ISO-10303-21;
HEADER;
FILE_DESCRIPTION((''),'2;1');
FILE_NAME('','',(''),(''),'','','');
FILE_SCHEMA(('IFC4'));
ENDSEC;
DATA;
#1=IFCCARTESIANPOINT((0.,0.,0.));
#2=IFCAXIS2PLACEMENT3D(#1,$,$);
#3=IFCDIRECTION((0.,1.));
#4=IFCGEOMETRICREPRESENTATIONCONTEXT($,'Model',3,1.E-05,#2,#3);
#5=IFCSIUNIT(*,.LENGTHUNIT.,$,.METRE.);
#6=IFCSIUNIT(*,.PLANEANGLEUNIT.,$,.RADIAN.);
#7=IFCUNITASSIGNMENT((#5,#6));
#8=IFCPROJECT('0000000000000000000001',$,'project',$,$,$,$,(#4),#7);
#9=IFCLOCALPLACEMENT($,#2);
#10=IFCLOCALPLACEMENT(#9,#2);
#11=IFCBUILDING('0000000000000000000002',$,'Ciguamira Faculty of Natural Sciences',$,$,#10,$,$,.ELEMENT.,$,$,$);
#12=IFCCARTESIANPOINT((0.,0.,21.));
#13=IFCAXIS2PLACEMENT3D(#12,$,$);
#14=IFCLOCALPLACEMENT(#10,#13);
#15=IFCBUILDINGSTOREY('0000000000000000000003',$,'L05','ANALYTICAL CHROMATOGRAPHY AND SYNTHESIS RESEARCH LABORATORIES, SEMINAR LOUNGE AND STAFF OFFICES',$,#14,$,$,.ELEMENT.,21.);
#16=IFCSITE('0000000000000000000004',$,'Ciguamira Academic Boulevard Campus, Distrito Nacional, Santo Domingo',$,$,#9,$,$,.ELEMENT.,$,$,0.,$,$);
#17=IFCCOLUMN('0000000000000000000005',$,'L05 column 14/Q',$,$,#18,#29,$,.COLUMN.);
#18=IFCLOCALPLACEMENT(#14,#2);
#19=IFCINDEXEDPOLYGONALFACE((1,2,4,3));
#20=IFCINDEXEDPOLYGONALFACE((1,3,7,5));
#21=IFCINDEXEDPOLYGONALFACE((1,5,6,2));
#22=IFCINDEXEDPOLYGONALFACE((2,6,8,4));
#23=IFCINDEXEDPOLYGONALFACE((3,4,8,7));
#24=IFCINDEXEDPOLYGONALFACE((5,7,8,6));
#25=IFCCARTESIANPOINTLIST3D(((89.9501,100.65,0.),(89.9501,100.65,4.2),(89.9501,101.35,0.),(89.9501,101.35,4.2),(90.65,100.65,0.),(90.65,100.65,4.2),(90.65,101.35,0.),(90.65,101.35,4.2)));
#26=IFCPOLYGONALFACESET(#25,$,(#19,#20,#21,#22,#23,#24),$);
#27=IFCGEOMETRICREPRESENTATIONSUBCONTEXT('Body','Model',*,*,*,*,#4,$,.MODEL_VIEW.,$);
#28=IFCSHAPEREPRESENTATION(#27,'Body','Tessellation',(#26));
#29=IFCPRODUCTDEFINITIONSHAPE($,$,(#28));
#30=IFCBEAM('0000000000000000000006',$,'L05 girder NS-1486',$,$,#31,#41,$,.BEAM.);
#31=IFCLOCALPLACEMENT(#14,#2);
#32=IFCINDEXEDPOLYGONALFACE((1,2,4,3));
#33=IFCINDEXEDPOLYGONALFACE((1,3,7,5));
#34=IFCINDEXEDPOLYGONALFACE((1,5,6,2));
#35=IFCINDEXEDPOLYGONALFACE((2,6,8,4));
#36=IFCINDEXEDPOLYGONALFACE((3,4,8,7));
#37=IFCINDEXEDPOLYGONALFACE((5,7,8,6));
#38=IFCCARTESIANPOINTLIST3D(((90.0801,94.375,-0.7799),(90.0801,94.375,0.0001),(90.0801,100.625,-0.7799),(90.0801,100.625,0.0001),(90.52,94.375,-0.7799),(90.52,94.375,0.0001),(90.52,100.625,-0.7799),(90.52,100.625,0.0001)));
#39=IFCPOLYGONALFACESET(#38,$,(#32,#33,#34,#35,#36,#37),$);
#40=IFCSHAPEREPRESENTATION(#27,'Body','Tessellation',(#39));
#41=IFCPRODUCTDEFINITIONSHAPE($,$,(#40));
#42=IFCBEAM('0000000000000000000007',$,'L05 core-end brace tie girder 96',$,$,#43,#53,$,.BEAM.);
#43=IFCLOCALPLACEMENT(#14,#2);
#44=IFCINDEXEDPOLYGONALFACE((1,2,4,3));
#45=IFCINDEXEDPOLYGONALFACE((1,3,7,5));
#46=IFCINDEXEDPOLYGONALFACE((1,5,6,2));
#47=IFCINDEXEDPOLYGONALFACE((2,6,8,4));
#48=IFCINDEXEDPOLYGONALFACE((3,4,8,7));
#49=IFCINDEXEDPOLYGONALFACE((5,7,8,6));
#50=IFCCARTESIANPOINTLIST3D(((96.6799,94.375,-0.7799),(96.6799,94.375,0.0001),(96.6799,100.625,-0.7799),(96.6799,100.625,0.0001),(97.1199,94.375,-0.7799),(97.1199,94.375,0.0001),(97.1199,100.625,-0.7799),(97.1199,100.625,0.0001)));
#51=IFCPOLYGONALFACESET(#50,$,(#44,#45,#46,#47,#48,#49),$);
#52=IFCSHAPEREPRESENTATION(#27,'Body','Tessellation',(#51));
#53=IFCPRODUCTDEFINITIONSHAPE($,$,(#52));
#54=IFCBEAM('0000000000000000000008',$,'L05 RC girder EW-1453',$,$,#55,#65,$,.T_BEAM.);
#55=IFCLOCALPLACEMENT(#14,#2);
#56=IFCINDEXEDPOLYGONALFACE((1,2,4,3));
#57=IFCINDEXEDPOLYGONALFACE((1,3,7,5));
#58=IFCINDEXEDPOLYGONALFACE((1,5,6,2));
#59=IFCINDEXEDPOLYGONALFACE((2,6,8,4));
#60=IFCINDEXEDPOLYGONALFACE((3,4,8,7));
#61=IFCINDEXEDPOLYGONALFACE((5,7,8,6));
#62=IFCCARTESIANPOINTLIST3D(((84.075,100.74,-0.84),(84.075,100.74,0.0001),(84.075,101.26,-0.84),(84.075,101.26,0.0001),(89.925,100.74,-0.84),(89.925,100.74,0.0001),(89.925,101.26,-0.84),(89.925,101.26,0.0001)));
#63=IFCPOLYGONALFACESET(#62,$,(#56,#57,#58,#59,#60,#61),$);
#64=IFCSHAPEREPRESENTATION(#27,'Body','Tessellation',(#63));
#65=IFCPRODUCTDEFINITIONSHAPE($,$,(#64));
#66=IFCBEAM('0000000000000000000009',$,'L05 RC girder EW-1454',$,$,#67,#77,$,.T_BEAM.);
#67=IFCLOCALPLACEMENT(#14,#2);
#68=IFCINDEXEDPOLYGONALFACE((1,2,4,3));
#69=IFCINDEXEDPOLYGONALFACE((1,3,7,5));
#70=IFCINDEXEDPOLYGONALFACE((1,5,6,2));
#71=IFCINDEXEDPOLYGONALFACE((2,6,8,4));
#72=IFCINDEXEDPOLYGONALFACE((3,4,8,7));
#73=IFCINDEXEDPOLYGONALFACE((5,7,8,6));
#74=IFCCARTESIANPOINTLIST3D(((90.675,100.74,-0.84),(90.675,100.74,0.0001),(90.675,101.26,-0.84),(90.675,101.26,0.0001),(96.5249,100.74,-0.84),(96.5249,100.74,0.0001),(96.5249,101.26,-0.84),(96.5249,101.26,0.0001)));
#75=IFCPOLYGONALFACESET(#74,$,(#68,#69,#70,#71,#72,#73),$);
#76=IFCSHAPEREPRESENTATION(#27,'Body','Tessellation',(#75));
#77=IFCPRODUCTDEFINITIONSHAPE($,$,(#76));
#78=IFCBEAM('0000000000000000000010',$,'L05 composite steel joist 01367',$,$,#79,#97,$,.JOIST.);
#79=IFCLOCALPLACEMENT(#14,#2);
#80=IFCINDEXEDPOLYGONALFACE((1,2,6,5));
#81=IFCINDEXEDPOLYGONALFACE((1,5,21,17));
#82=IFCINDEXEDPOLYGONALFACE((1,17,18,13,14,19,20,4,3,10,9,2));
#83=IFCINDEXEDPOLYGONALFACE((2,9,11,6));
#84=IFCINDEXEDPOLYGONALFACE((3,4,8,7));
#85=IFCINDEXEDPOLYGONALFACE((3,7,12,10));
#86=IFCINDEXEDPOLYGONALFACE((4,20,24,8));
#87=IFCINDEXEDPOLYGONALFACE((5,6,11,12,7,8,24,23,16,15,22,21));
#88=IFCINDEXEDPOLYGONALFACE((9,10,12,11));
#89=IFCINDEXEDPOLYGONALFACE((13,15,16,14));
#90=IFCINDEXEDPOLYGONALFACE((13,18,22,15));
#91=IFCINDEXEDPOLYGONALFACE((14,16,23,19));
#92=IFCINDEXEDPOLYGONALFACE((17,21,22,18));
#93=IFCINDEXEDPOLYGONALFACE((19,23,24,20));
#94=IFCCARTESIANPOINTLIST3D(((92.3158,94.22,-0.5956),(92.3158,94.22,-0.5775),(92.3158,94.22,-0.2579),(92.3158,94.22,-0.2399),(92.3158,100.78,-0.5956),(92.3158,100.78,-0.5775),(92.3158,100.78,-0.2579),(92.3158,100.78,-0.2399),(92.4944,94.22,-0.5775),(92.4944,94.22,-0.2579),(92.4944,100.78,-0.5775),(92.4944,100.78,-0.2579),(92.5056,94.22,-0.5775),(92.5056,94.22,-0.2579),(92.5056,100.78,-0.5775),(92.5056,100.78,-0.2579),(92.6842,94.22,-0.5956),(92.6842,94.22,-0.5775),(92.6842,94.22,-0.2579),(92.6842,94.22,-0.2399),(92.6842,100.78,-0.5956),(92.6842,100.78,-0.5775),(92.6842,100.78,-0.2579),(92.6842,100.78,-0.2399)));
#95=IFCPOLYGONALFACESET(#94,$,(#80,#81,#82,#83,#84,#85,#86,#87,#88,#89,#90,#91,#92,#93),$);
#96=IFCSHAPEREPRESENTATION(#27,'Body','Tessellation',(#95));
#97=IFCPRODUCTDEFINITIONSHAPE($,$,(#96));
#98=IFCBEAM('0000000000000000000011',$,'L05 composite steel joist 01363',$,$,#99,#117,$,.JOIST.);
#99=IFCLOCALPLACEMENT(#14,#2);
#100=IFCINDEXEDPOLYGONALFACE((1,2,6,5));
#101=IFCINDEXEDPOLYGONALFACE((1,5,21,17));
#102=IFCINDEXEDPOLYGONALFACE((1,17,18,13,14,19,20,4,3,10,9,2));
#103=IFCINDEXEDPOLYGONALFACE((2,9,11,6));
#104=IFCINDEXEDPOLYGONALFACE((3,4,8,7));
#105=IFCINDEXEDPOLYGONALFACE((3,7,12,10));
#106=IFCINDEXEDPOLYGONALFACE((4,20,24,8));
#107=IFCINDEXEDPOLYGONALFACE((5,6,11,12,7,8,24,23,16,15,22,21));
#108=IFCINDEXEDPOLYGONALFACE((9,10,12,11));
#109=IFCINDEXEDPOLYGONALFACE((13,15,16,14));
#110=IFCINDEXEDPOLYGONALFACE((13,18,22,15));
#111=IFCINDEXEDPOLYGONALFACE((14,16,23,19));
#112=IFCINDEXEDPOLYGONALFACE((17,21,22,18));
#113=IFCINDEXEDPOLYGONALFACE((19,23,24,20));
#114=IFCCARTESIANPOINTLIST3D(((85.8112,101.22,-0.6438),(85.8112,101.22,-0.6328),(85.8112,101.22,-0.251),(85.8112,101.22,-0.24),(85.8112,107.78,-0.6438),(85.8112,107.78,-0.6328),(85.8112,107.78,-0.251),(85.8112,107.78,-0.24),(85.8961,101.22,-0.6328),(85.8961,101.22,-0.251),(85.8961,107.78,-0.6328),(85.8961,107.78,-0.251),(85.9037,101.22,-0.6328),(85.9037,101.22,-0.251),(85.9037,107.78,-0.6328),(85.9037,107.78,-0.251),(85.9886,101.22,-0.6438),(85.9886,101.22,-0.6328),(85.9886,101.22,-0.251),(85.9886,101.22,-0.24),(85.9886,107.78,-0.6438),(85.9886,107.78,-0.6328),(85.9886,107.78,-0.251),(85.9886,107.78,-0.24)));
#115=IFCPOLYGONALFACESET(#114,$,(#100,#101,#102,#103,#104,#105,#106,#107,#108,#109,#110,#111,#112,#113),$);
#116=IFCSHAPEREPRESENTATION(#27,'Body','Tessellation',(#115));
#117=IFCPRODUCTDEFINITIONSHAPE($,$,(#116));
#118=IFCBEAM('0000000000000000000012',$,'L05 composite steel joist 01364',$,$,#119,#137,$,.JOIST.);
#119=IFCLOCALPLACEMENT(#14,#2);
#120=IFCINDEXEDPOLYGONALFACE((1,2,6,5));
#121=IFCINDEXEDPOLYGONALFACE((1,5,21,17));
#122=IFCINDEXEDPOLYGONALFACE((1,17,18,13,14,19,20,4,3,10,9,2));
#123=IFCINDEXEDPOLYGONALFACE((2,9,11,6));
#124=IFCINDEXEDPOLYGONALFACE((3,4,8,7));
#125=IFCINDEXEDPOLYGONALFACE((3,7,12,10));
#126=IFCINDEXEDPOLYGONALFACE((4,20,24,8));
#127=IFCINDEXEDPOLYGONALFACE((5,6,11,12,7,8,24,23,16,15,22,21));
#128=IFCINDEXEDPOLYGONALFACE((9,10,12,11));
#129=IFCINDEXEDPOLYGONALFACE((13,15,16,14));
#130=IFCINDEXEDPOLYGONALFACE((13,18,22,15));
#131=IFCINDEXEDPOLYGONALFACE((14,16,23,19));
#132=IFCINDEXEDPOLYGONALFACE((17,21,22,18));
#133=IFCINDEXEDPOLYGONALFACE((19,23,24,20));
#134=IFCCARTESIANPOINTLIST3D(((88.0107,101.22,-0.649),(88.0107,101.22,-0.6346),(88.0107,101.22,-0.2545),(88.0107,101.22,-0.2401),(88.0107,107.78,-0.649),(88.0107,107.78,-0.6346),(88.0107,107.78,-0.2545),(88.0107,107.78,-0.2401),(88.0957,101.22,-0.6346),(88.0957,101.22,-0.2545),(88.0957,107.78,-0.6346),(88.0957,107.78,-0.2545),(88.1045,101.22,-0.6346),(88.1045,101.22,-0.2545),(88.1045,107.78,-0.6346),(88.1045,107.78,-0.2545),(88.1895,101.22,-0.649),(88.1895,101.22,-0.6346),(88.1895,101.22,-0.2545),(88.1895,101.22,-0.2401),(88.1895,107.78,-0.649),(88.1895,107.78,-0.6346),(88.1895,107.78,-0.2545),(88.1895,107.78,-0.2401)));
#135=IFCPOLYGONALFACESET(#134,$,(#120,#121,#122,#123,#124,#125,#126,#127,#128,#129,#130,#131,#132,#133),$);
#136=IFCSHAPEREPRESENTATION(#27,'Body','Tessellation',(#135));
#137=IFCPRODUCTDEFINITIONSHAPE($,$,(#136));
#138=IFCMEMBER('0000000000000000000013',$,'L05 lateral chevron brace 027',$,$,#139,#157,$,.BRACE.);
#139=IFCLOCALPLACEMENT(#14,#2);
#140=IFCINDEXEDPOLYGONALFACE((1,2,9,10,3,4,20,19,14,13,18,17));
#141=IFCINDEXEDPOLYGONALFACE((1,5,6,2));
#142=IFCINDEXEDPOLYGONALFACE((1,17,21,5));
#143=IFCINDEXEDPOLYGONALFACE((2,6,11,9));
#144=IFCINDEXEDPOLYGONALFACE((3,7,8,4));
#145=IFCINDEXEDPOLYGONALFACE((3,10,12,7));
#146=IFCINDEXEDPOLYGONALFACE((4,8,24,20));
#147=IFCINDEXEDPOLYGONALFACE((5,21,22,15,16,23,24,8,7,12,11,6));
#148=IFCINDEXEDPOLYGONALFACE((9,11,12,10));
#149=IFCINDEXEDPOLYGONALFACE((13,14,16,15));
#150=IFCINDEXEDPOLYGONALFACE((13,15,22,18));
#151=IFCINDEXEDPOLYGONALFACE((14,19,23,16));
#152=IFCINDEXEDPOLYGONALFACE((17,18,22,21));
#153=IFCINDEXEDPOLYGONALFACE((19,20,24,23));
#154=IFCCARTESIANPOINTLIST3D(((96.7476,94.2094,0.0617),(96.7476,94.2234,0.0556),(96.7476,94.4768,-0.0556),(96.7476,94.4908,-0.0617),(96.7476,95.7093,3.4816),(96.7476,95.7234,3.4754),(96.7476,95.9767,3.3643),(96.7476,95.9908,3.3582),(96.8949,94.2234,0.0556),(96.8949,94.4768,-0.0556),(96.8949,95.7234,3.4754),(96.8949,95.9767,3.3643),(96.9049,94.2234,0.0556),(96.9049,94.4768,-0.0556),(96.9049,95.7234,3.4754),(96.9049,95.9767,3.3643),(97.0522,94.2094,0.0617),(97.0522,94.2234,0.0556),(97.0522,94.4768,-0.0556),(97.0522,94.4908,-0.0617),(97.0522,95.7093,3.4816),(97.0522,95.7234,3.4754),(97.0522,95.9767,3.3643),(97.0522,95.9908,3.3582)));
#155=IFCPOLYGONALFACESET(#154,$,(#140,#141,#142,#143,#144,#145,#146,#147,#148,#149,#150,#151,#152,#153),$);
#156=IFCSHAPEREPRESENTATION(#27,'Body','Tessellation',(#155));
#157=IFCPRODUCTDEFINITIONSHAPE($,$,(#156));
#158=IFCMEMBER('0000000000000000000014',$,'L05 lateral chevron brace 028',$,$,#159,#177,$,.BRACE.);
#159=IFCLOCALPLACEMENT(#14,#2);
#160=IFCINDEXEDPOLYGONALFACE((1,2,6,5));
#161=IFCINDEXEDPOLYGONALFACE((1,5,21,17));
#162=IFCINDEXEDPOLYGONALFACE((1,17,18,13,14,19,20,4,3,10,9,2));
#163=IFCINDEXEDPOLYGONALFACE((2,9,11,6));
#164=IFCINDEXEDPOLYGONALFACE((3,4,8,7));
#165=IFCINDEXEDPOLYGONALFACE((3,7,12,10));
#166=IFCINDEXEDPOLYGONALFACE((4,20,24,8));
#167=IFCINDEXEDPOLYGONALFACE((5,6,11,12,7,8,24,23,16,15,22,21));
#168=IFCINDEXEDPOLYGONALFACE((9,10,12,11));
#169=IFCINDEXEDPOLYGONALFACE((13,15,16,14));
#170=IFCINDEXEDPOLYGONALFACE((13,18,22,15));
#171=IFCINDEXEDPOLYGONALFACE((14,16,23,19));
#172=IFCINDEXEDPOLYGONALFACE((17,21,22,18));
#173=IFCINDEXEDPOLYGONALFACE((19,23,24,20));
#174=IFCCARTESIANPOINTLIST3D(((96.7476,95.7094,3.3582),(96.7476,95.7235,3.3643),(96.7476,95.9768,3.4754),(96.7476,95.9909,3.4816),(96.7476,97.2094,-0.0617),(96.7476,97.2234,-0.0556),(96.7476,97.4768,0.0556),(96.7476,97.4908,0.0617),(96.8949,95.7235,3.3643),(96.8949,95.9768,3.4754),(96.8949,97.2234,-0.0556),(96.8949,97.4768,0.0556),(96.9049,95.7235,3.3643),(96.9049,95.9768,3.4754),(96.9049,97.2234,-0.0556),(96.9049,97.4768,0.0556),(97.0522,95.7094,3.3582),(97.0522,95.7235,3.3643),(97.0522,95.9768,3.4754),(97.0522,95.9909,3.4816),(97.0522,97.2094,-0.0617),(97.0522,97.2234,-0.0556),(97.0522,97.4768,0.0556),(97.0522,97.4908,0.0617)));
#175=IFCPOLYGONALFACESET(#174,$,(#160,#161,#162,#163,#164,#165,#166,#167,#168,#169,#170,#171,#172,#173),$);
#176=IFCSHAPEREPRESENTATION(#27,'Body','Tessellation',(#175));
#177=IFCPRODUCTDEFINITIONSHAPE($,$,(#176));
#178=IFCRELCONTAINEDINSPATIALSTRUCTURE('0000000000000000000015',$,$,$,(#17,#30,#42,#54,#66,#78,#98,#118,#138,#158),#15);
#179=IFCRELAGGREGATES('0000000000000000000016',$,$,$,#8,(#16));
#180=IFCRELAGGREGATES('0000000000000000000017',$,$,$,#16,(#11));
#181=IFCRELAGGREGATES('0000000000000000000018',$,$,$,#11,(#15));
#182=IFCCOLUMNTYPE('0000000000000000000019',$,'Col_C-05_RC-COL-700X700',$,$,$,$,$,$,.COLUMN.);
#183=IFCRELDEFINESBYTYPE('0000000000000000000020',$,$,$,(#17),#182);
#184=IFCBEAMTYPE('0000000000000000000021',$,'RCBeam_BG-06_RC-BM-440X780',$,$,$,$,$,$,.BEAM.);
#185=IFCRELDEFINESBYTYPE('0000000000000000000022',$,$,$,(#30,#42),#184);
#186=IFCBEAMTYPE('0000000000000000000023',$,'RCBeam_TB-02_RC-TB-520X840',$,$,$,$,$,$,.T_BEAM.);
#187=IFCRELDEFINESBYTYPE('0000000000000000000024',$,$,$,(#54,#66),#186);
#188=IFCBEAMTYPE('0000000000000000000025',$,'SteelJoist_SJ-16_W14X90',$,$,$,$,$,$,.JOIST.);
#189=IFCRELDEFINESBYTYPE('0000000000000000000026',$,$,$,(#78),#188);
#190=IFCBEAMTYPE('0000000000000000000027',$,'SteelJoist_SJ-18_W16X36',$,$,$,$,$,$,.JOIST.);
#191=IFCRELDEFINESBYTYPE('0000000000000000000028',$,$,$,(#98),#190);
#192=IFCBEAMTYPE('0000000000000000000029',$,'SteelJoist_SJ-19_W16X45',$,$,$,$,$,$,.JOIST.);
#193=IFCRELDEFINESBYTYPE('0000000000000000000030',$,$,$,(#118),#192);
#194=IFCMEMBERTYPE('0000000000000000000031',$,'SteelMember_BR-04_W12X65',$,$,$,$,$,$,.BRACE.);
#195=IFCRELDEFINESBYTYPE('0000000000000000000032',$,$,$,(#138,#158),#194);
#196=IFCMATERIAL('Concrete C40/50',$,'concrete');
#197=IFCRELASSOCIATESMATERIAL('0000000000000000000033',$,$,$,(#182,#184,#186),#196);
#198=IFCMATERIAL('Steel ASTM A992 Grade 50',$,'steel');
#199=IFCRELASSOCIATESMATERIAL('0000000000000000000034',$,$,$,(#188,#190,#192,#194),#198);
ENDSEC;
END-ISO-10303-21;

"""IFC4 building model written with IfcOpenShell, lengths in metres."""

from ifc_helpers import new_model, si_unit, direction, frame, origin, origin_2d, place, context, subcontext, project, spatial, rectangle, i_section, extrude, material, material_profile, profile_set, type_object, element, save


model = new_model("IFC4")

# Units and contexts
model_context = context("Model", 3, precision=1e-05, world=origin(), true_north=direction((0.0, 1.0)))
body_context = subcontext(model_context, "Body", "Model", "MODEL_VIEW")
ifc_project = project(units=[si_unit("LENGTHUNIT", "METRE"), si_unit("PLANEANGLEUNIT", "RADIAN")], contexts=[model_context])

# Site, building, storey
site_placement = place(None, origin())
site = spatial("IfcSite", under=ifc_project, at=site_placement, Name="Ciguamira Academic Boulevard Campus, Distrito Nacional, Santo Domingo", CompositionType="ELEMENT", RefElevation=0.0)
building_placement = place(site_placement, origin())
building = spatial("IfcBuilding", under=site, at=building_placement, Name="Ciguamira Faculty of Natural Sciences", CompositionType="ELEMENT")
storey_placement = place(building_placement, frame((0.0, 0.0, 21.0)))
storey = spatial("IfcBuildingStorey", under=building, at=storey_placement, Name="L05", Description="ANALYTICAL CHROMATOGRAPHY AND SYNTHESIS RESEARCH LABORATORIES, SEMINAR LOUNGE AND STAFF OFFICES", CompositionType="ELEMENT", Elevation=21.0)

# Column
ifc_material_1 = material(Name="Concrete C40/50", Category="concrete")
ifc_material_profile_1 = material_profile(ifc_material_1, rectangle(XDim=0.7, YDim=0.7, at=origin_2d()), Name="RC-COL-700X700")
ifc_profile_set_1 = profile_set([ifc_material_profile_1], Name="Concrete C40/50")
column_type = type_object("IfcColumnType", Name="Col_C-05_RC-COL-700X700", PredefinedType="COLUMN", material=ifc_profile_set_1)
column_placement = place(storey_placement, frame((90.3, 101.0, 0.0), z_axis=(0.0, 0.0, 1.0), x_axis=(1.0, 0.0, 0.0)))
element("IfcColumn", 1, at=column_placement, inside=storey, type_object=column_type, Name="L05 column 14/Q", PredefinedType="COLUMN", context=body_context, shape_type="SweptSolid", body=[
    extrude(rectangle(XDim=0.7, YDim=0.7, at=origin_2d()), origin(), (0.0, 0.0, 1.0), 4.2),
])

# Beams
ifc_material_profile_2 = material_profile(ifc_material_1, rectangle(XDim=0.4399, YDim=0.78, at=origin_2d()), Name="RC-BM-440X780")
ifc_profile_set_2 = profile_set([ifc_material_profile_2], Name="Concrete C40/50")
beam_type_1 = type_object("IfcBeamType", Name="RCBeam_BG-06_RC-BM-440X780", PredefinedType="BEAM", material=ifc_profile_set_2)
for number, where, z_axis, x_axis, name in (
    (2, (90.3, 94.375, -0.3899), (0.0, 1.0, 0.0), (-1.0, 0.0, 0.0), "L05 girder NS-1486"),
    (3, (96.8999, 94.375, -0.3899), (0.0, 1.0, 0.0), (-1.0, 0.0, 0.0), "L05 core-end brace tie girder 96"),
):
    element("IfcBeam", number, at=place(storey_placement, frame(where, z_axis=z_axis, x_axis=x_axis)), inside=storey, type_object=beam_type_1, Name=name, PredefinedType="BEAM", context=body_context, shape_type="SweptSolid", body=[
        extrude(rectangle(XDim=0.4399, YDim=0.78, at=origin_2d()), origin(), (0.0, 0.0, 1.0), 6.25),
    ])
ifc_material_profile_3 = material_profile(ifc_material_1, rectangle(XDim=0.52, YDim=0.8401, at=origin_2d()), Name="RC-TB-520X840")
ifc_profile_set_3 = profile_set([ifc_material_profile_3], Name="Concrete C40/50")
beam_type_2 = type_object("IfcBeamType", Name="RCBeam_TB-02_RC-TB-520X840", PredefinedType="T_BEAM", material=ifc_profile_set_3)
beam_1_placement = place(storey_placement, frame((84.075, 101.0, -0.4199), z_axis=(1.0, 0.0, 0.0), x_axis=(0.0, 1.0, 0.0)))
element("IfcBeam", 4, at=beam_1_placement, inside=storey, type_object=beam_type_2, Name="L05 RC girder EW-1453", PredefinedType="T_BEAM", context=body_context, shape_type="SweptSolid", body=[
    extrude(rectangle(XDim=0.52, YDim=0.8401, at=origin_2d()), origin(), (0.0, 0.0, 1.0), 5.8501),
])
beam_2_placement = place(storey_placement, frame((90.675, 101.0, -0.4199), z_axis=(1.0, 0.0, 0.0), x_axis=(0.0, 1.0, 0.0)))
element("IfcBeam", 5, at=beam_2_placement, inside=storey, type_object=beam_type_2, Name="L05 RC girder EW-1454", PredefinedType="T_BEAM", context=body_context, shape_type="SweptSolid", body=[
    extrude(rectangle(XDim=0.52, YDim=0.8401, at=origin_2d()), origin(), (0.0, 0.0, 1.0), 5.8499),
])
ifc_material_2 = material(Name="Steel ASTM A992 Grade 50", Category="steel")
ifc_material_profile_4 = material_profile(ifc_material_2, i_section(OverallWidth=0.3684, OverallDepth=0.3557, WebThickness=0.0112, FlangeThickness=0.0181, at=origin_2d()), Name="W14X90")
ifc_profile_set_4 = profile_set([ifc_material_profile_4], Name="Steel ASTM A992 Grade 50")
beam_type_3 = type_object("IfcBeamType", Name="SteelJoist_SJ-16_W14X90", PredefinedType="JOIST", material=ifc_profile_set_4)
beam_3_placement = place(storey_placement, frame((92.5, 94.22, -0.4177), z_axis=(0.0, 1.0, 0.0), x_axis=(-1.0, 0.0, 0.0)))
element("IfcBeam", 6, at=beam_3_placement, inside=storey, type_object=beam_type_3, Name="L05 composite steel joist 01367", PredefinedType="JOIST", context=body_context, shape_type="SweptSolid", body=[
    extrude(i_section(OverallWidth=0.3684, OverallDepth=0.3557, WebThickness=0.0112, FlangeThickness=0.0181, at=origin_2d()), origin(), (0.0, 0.0, 1.0), 6.5601),
])
ifc_material_profile_5 = material_profile(ifc_material_2, i_section(OverallWidth=0.1775, OverallDepth=0.4038, WebThickness=0.0076, FlangeThickness=0.011, at=origin_2d()), Name="W16X36")
ifc_profile_set_5 = profile_set([ifc_material_profile_5], Name="Steel ASTM A992 Grade 50")
beam_type_4 = type_object("IfcBeamType", Name="SteelJoist_SJ-18_W16X36", PredefinedType="JOIST", material=ifc_profile_set_5)
beam_4_placement = place(storey_placement, frame((85.8999, 101.22, -0.4419), z_axis=(0.0, 1.0, 0.0), x_axis=(-1.0, 0.0, 0.0)))
element("IfcBeam", 7, at=beam_4_placement, inside=storey, type_object=beam_type_4, Name="L05 composite steel joist 01363", PredefinedType="JOIST", context=body_context, shape_type="SweptSolid", body=[
    extrude(i_section(OverallWidth=0.1775, OverallDepth=0.4038, WebThickness=0.0076, FlangeThickness=0.011, at=origin_2d()), origin(), (0.0, 0.0, 1.0), 6.5601),
])
ifc_material_profile_6 = material_profile(ifc_material_2, i_section(OverallWidth=0.1787, OverallDepth=0.4089, WebThickness=0.0088, FlangeThickness=0.0144, at=origin_2d()), Name="W16X45")
ifc_profile_set_6 = profile_set([ifc_material_profile_6], Name="Steel ASTM A992 Grade 50")
beam_type_5 = type_object("IfcBeamType", Name="SteelJoist_SJ-19_W16X45", PredefinedType="JOIST", material=ifc_profile_set_6)
beam_5_placement = place(storey_placement, frame((88.1001, 101.22, -0.4446), z_axis=(0.0, 1.0, 0.0), x_axis=(-1.0, 0.0, 0.0)))
element("IfcBeam", 8, at=beam_5_placement, inside=storey, type_object=beam_type_5, Name="L05 composite steel joist 01364", PredefinedType="JOIST", context=body_context, shape_type="SweptSolid", body=[
    extrude(i_section(OverallWidth=0.1787, OverallDepth=0.4089, WebThickness=0.0088, FlangeThickness=0.0144, at=origin_2d()), origin(), (0.0, 0.0, 1.0), 6.5601),
])

# Members
ifc_material_profile_7 = material_profile(ifc_material_2, i_section(OverallWidth=0.3047, OverallDepth=0.3074, WebThickness=0.01, FlangeThickness=0.0154, at=origin_2d()), Name="W12X65")
ifc_profile_set_7 = profile_set([ifc_material_profile_7], Name="Steel ASTM A992 Grade 50")
member_type = type_object("IfcMemberType", Name="SteelMember_BR-04_W12X65", PredefinedType="BRACE", material=ifc_profile_set_7)
for number, where, z_axis, x_axis, name in (
    (9, (96.8999, 94.3501, 0.0), (0.0, 0.401669, 0.915785), (-1.0, 0.0, 0.0), "L05 lateral chevron brace 027"),
    (10, (96.8999, 97.3501, 0.0), (0.0, -0.401669, 0.915785), (1.0, 0.0, 0.0), "L05 lateral chevron brace 028"),
):
    element("IfcMember", number, at=place(storey_placement, frame(where, z_axis=z_axis, x_axis=x_axis)), inside=storey, type_object=member_type, Name=name, PredefinedType="BRACE", context=body_context, shape_type="SweptSolid", body=[
        extrude(i_section(OverallWidth=0.3047, OverallDepth=0.3074, WebThickness=0.01, FlangeThickness=0.0154, at=origin_2d()), origin(), (0.0, 0.0, 1.0), 3.7344),
    ])

save(model, "model.ifc")
